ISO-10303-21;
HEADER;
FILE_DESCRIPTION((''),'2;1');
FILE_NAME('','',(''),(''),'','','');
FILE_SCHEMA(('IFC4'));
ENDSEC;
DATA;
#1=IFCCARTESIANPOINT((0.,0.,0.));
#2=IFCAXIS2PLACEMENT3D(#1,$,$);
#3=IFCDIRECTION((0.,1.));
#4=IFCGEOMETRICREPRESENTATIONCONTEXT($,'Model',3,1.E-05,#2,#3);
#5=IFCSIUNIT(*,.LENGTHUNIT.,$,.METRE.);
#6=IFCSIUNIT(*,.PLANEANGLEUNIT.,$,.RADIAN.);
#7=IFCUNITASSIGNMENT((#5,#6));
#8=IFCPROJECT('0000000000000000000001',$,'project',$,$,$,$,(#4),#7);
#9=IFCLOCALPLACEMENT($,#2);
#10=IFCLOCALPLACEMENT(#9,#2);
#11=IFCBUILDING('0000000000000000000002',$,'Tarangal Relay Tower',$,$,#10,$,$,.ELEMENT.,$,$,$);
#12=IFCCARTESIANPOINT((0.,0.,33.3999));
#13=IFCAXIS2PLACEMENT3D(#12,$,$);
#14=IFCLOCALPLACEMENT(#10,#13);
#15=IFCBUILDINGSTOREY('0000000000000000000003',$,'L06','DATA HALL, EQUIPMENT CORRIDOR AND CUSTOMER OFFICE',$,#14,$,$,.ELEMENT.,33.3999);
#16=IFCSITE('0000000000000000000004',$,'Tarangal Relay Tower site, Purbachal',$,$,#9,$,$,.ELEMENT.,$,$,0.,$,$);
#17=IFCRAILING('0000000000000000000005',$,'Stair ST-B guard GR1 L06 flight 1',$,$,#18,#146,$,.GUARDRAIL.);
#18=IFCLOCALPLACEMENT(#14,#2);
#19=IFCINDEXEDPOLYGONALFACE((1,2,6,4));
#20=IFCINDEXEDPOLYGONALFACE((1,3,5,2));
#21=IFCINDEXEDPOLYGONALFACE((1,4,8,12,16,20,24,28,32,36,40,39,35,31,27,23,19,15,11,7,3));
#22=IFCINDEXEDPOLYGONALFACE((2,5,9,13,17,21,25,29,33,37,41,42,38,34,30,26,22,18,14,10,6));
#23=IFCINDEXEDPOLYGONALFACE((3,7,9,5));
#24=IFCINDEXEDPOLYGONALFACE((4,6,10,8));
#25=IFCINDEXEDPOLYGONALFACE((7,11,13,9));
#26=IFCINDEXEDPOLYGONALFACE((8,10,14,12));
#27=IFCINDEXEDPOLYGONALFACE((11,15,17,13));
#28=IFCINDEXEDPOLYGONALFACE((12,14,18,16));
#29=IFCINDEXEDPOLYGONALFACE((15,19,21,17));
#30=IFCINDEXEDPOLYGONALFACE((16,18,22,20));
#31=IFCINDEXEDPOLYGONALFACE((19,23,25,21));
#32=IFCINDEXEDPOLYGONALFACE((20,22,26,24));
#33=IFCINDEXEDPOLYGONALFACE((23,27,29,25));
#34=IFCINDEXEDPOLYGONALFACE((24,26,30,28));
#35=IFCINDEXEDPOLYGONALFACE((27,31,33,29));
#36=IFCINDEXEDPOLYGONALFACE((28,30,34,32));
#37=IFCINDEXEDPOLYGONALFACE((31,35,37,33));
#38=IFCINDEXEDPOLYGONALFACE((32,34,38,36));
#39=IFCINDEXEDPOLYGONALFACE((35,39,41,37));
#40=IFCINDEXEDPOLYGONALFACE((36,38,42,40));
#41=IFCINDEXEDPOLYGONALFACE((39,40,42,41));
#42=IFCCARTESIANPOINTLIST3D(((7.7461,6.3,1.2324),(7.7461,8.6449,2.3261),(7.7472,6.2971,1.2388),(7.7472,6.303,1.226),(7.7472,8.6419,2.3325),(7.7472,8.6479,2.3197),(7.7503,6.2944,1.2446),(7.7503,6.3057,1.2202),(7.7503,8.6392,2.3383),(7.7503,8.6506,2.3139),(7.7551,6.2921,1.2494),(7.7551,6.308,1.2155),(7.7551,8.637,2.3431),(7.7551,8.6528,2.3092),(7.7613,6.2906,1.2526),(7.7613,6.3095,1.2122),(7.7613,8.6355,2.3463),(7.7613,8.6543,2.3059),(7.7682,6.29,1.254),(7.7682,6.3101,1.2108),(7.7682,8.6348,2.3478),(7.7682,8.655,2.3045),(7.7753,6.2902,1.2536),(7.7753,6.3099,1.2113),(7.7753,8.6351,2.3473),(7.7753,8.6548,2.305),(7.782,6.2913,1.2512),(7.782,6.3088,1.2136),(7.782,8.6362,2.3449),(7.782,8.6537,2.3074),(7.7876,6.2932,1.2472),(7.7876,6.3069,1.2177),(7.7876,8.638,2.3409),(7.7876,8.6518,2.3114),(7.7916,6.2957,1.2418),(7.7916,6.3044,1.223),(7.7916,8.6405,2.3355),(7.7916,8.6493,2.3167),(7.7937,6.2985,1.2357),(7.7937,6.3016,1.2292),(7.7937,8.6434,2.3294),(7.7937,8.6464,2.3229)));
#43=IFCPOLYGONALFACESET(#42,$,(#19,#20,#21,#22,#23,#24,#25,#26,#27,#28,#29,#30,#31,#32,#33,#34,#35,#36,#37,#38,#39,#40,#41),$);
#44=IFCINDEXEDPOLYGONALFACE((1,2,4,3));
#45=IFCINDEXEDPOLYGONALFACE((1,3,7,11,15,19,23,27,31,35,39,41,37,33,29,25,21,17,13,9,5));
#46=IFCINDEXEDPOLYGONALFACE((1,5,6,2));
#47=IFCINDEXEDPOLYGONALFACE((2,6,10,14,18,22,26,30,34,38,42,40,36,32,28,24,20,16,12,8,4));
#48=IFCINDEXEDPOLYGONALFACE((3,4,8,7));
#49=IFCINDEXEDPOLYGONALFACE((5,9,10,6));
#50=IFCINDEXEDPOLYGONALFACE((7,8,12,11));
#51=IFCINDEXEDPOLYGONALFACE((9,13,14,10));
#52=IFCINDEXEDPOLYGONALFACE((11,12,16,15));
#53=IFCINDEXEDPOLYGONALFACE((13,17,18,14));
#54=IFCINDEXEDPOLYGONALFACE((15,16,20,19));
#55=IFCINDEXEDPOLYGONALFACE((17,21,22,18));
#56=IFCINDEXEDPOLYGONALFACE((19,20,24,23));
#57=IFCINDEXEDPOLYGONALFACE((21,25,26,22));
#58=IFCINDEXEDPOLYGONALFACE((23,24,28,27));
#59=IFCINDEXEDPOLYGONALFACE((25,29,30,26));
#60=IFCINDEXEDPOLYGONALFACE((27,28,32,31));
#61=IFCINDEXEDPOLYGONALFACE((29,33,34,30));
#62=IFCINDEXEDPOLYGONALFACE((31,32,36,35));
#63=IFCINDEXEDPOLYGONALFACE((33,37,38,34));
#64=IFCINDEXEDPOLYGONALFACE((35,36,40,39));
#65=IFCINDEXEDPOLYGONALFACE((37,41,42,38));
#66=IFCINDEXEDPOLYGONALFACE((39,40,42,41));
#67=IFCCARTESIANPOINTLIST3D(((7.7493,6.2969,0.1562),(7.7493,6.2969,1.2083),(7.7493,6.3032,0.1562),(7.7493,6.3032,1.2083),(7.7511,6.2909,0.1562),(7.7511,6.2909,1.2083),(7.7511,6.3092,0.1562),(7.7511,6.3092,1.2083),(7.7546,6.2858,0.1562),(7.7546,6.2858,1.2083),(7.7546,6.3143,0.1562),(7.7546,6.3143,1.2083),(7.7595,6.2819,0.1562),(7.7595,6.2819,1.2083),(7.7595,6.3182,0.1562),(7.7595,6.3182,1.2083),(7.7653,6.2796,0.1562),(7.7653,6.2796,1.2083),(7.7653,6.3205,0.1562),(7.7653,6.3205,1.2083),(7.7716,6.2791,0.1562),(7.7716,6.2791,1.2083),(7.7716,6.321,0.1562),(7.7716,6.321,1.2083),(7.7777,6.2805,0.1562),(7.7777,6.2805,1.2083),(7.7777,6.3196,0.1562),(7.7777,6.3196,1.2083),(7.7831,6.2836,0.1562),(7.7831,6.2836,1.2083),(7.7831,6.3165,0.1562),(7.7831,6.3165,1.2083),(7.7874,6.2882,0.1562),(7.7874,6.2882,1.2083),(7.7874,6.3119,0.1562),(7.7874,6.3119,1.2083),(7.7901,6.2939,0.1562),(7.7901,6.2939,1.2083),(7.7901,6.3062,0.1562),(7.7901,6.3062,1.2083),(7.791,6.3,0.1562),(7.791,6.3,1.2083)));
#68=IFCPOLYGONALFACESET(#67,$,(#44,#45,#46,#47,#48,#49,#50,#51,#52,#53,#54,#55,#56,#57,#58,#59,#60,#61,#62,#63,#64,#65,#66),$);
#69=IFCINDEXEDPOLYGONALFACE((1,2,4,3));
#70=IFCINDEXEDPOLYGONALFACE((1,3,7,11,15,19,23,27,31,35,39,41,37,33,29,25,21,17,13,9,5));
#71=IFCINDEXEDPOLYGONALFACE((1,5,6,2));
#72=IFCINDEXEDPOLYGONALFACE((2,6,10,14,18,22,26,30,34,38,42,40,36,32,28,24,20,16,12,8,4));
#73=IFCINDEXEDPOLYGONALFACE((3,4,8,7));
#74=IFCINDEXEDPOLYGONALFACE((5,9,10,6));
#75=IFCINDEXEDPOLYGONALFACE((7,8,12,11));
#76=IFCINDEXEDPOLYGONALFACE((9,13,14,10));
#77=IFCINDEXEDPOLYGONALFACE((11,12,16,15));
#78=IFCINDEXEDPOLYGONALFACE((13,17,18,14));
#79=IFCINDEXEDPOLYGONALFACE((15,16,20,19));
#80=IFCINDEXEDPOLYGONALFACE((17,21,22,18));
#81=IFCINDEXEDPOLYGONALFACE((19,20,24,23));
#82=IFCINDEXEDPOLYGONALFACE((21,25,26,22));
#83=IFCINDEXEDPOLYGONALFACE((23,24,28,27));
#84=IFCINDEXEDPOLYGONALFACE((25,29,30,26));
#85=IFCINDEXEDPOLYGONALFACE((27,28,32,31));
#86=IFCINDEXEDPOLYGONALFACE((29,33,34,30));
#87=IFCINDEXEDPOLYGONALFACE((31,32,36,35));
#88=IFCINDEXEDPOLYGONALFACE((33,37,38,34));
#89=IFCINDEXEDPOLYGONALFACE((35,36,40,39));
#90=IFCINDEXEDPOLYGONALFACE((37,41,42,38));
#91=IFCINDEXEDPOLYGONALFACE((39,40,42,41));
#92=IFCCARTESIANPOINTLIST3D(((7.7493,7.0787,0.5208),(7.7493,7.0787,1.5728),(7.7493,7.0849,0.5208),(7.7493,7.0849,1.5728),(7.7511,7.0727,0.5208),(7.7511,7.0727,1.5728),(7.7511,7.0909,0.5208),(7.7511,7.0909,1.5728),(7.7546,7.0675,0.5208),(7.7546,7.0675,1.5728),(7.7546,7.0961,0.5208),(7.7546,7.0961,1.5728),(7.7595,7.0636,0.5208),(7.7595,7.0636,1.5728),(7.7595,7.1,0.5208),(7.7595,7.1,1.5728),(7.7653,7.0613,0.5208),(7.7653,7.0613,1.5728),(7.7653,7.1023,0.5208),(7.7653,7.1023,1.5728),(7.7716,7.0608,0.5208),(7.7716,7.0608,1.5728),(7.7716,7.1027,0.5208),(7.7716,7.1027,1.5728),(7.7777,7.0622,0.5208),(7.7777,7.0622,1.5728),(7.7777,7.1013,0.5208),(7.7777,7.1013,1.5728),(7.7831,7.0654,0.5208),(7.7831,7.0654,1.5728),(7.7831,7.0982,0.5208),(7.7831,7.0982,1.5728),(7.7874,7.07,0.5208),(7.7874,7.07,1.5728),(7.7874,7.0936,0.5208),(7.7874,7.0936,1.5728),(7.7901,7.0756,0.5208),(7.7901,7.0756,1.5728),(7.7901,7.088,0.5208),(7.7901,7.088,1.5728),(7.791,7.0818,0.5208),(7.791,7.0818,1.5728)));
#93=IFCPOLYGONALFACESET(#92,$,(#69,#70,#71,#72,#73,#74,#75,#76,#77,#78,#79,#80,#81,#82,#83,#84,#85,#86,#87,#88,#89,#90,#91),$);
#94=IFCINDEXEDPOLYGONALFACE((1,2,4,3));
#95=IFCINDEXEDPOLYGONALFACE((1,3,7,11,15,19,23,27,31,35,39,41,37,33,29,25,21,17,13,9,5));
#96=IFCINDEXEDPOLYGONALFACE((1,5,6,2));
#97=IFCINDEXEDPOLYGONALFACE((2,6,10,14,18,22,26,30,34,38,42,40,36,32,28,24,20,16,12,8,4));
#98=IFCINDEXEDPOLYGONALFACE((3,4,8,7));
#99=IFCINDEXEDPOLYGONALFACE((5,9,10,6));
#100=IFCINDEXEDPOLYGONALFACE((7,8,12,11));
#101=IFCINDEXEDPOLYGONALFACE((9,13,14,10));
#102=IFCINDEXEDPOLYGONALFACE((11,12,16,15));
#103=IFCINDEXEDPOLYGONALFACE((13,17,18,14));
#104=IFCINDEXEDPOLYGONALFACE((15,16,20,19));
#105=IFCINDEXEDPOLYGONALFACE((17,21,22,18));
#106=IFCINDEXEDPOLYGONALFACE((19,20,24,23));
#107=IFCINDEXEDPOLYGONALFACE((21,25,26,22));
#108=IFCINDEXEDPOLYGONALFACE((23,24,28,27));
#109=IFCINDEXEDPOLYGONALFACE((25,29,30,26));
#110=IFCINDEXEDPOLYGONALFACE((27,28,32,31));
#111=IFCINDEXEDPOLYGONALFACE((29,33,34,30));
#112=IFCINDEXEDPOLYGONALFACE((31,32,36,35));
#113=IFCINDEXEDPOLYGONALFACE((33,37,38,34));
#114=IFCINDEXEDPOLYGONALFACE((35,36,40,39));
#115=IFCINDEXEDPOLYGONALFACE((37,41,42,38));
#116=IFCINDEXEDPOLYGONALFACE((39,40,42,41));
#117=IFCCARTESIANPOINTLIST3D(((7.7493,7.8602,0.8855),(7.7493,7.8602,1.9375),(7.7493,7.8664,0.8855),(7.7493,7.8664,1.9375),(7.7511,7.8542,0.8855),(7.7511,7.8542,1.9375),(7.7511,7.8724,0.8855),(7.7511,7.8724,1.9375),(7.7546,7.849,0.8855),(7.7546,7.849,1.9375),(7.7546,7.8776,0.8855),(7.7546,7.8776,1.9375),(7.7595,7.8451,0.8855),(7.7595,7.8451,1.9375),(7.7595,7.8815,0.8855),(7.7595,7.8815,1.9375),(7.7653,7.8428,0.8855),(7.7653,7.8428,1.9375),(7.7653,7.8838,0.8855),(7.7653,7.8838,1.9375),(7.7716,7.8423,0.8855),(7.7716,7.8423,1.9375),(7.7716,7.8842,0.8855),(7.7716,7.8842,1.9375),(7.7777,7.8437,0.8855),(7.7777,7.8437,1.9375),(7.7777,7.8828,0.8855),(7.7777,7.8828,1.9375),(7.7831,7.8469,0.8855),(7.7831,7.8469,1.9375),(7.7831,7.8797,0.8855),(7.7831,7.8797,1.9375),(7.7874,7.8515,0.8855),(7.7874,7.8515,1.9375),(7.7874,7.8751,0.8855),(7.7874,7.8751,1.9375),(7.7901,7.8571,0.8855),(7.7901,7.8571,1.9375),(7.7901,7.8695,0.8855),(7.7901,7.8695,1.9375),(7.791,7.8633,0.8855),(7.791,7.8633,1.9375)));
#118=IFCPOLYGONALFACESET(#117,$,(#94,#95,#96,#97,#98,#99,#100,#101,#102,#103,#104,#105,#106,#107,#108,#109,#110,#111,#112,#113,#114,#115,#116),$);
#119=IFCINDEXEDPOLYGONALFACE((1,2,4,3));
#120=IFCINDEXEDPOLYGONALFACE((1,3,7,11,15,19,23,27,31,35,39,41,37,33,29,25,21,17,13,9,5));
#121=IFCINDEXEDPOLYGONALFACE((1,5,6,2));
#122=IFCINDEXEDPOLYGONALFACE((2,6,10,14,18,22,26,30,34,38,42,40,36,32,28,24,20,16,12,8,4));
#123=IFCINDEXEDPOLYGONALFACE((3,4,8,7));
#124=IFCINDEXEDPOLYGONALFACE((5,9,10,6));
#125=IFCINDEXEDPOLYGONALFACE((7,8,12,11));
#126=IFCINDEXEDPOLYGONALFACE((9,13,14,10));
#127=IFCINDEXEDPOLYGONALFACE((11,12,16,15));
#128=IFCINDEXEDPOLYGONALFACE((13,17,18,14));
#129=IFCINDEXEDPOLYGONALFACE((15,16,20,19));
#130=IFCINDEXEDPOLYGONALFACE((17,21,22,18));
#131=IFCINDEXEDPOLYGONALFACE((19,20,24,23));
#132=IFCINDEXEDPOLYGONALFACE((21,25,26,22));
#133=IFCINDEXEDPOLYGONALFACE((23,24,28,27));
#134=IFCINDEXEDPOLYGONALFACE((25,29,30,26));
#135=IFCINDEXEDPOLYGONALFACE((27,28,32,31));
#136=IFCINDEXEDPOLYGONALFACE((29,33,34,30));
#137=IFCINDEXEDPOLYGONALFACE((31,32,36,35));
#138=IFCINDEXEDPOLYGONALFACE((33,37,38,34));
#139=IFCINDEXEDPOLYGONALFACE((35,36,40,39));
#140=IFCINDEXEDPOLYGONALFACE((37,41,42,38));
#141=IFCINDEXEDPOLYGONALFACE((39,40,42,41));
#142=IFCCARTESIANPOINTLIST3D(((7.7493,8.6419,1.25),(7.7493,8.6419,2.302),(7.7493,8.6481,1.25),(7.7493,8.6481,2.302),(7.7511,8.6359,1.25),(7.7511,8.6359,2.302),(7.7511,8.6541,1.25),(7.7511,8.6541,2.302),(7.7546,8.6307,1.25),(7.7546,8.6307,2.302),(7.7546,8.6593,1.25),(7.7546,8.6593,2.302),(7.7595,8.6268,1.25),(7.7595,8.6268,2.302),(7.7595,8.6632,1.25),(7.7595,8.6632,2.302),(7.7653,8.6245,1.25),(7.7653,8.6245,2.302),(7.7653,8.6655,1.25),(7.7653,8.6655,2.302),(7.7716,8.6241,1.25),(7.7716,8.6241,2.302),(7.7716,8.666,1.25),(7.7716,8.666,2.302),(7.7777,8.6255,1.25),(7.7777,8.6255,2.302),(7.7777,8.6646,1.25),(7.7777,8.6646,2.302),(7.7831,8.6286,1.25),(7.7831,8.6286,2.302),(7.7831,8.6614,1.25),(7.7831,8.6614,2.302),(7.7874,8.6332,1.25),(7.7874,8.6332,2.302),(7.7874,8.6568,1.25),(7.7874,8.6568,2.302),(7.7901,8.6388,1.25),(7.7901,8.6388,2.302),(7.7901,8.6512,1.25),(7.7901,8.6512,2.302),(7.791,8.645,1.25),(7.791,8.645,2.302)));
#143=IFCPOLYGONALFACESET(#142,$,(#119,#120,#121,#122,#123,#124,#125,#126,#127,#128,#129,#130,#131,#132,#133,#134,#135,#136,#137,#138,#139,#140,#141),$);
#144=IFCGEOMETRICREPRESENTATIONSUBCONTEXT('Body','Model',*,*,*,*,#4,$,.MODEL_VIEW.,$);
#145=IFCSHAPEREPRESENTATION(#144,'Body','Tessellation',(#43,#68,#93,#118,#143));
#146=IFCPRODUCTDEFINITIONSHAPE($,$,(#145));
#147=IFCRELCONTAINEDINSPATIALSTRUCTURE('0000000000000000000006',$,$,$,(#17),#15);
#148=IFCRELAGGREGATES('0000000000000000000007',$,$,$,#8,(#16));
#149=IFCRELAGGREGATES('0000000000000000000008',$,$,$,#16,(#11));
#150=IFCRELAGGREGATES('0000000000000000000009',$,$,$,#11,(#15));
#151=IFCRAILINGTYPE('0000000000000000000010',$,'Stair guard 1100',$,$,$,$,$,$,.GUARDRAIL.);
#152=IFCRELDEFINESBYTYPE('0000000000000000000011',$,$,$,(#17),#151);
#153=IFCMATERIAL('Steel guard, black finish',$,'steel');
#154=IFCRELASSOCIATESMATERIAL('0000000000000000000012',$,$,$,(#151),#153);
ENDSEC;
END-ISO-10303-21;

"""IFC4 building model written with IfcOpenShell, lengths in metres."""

from ifc_helpers import new_model, si_unit, direction, frame, origin, origin_2d, place, context, subcontext, project, spatial, circle, extrude, material, type_object, element, save


model = new_model("IFC4")

# Units and contexts
model_context = context("Model", 3, precision=1e-05, world=origin(), true_north=direction((0.0, 1.0)))
body_context = subcontext(model_context, "Body", "Model", "MODEL_VIEW")
ifc_project = project(units=[si_unit("LENGTHUNIT", "METRE"), si_unit("PLANEANGLEUNIT", "RADIAN")], contexts=[model_context])

# Site, building, storey
site_placement = place(None, origin())
site = spatial("IfcSite", under=ifc_project, at=site_placement, Name="Tarangal Relay Tower site, Purbachal", CompositionType="ELEMENT", RefElevation=0.0)
building_placement = place(site_placement, origin())
building = spatial("IfcBuilding", under=site, at=building_placement, Name="Tarangal Relay Tower", CompositionType="ELEMENT")
storey_placement = place(building_placement, frame((0.0, 0.0, 33.3999)))
storey = spatial("IfcBuildingStorey", under=building, at=storey_placement, Name="L06", Description="DATA HALL, EQUIPMENT CORRIDOR AND CUSTOMER OFFICE", CompositionType="ELEMENT", Elevation=33.3999)

# Railing
ifc_material_1 = material(Name="Steel guard, black finish", Category="steel")
railing_type_1 = type_object("IfcRailingType", Name="Stair guard 1100", PredefinedType="GUARDRAIL", material=ifc_material_1)
railing_1_placement = place(storey_placement, frame((7.77, 6.3, 0.1562)))
element("IfcRailing", 1, at=railing_1_placement, inside=storey, type_object=railing_type_1, Name="Stair ST-B guard GR1 L06 flight 1", PredefinedType="GUARDRAIL", context=body_context, shape_type="SweptSolid", body=[
    extrude(circle(Radius=0.0239, at=origin_2d()), frame((0.0, 0.0, 1.0762), z_axis=(0.0, 0.906267, 0.422705), x_axis=(-1.0, 0.0, 0.0)), (0.0, 0.0, 1.0), 2.5874),
    extrude(circle(Radius=0.021, at=origin_2d()), origin(), (0.0, 0.0, 1.0), 1.052),
    extrude(circle(Radius=0.021, at=origin_2d()), frame((0.0, 0.7817, 0.3645)), (0.0, 0.0, 1.0), 1.052),
    extrude(circle(Radius=0.021, at=origin_2d()), frame((0.0, 1.5632, 0.7292)), (0.0, 0.0, 1.0), 1.052),
    extrude(circle(Radius=0.021, at=origin_2d()), frame((0.0, 2.345, 1.0938)), (0.0, 0.0, 1.0), 1.052),
])

save(model, "model.ifc")
